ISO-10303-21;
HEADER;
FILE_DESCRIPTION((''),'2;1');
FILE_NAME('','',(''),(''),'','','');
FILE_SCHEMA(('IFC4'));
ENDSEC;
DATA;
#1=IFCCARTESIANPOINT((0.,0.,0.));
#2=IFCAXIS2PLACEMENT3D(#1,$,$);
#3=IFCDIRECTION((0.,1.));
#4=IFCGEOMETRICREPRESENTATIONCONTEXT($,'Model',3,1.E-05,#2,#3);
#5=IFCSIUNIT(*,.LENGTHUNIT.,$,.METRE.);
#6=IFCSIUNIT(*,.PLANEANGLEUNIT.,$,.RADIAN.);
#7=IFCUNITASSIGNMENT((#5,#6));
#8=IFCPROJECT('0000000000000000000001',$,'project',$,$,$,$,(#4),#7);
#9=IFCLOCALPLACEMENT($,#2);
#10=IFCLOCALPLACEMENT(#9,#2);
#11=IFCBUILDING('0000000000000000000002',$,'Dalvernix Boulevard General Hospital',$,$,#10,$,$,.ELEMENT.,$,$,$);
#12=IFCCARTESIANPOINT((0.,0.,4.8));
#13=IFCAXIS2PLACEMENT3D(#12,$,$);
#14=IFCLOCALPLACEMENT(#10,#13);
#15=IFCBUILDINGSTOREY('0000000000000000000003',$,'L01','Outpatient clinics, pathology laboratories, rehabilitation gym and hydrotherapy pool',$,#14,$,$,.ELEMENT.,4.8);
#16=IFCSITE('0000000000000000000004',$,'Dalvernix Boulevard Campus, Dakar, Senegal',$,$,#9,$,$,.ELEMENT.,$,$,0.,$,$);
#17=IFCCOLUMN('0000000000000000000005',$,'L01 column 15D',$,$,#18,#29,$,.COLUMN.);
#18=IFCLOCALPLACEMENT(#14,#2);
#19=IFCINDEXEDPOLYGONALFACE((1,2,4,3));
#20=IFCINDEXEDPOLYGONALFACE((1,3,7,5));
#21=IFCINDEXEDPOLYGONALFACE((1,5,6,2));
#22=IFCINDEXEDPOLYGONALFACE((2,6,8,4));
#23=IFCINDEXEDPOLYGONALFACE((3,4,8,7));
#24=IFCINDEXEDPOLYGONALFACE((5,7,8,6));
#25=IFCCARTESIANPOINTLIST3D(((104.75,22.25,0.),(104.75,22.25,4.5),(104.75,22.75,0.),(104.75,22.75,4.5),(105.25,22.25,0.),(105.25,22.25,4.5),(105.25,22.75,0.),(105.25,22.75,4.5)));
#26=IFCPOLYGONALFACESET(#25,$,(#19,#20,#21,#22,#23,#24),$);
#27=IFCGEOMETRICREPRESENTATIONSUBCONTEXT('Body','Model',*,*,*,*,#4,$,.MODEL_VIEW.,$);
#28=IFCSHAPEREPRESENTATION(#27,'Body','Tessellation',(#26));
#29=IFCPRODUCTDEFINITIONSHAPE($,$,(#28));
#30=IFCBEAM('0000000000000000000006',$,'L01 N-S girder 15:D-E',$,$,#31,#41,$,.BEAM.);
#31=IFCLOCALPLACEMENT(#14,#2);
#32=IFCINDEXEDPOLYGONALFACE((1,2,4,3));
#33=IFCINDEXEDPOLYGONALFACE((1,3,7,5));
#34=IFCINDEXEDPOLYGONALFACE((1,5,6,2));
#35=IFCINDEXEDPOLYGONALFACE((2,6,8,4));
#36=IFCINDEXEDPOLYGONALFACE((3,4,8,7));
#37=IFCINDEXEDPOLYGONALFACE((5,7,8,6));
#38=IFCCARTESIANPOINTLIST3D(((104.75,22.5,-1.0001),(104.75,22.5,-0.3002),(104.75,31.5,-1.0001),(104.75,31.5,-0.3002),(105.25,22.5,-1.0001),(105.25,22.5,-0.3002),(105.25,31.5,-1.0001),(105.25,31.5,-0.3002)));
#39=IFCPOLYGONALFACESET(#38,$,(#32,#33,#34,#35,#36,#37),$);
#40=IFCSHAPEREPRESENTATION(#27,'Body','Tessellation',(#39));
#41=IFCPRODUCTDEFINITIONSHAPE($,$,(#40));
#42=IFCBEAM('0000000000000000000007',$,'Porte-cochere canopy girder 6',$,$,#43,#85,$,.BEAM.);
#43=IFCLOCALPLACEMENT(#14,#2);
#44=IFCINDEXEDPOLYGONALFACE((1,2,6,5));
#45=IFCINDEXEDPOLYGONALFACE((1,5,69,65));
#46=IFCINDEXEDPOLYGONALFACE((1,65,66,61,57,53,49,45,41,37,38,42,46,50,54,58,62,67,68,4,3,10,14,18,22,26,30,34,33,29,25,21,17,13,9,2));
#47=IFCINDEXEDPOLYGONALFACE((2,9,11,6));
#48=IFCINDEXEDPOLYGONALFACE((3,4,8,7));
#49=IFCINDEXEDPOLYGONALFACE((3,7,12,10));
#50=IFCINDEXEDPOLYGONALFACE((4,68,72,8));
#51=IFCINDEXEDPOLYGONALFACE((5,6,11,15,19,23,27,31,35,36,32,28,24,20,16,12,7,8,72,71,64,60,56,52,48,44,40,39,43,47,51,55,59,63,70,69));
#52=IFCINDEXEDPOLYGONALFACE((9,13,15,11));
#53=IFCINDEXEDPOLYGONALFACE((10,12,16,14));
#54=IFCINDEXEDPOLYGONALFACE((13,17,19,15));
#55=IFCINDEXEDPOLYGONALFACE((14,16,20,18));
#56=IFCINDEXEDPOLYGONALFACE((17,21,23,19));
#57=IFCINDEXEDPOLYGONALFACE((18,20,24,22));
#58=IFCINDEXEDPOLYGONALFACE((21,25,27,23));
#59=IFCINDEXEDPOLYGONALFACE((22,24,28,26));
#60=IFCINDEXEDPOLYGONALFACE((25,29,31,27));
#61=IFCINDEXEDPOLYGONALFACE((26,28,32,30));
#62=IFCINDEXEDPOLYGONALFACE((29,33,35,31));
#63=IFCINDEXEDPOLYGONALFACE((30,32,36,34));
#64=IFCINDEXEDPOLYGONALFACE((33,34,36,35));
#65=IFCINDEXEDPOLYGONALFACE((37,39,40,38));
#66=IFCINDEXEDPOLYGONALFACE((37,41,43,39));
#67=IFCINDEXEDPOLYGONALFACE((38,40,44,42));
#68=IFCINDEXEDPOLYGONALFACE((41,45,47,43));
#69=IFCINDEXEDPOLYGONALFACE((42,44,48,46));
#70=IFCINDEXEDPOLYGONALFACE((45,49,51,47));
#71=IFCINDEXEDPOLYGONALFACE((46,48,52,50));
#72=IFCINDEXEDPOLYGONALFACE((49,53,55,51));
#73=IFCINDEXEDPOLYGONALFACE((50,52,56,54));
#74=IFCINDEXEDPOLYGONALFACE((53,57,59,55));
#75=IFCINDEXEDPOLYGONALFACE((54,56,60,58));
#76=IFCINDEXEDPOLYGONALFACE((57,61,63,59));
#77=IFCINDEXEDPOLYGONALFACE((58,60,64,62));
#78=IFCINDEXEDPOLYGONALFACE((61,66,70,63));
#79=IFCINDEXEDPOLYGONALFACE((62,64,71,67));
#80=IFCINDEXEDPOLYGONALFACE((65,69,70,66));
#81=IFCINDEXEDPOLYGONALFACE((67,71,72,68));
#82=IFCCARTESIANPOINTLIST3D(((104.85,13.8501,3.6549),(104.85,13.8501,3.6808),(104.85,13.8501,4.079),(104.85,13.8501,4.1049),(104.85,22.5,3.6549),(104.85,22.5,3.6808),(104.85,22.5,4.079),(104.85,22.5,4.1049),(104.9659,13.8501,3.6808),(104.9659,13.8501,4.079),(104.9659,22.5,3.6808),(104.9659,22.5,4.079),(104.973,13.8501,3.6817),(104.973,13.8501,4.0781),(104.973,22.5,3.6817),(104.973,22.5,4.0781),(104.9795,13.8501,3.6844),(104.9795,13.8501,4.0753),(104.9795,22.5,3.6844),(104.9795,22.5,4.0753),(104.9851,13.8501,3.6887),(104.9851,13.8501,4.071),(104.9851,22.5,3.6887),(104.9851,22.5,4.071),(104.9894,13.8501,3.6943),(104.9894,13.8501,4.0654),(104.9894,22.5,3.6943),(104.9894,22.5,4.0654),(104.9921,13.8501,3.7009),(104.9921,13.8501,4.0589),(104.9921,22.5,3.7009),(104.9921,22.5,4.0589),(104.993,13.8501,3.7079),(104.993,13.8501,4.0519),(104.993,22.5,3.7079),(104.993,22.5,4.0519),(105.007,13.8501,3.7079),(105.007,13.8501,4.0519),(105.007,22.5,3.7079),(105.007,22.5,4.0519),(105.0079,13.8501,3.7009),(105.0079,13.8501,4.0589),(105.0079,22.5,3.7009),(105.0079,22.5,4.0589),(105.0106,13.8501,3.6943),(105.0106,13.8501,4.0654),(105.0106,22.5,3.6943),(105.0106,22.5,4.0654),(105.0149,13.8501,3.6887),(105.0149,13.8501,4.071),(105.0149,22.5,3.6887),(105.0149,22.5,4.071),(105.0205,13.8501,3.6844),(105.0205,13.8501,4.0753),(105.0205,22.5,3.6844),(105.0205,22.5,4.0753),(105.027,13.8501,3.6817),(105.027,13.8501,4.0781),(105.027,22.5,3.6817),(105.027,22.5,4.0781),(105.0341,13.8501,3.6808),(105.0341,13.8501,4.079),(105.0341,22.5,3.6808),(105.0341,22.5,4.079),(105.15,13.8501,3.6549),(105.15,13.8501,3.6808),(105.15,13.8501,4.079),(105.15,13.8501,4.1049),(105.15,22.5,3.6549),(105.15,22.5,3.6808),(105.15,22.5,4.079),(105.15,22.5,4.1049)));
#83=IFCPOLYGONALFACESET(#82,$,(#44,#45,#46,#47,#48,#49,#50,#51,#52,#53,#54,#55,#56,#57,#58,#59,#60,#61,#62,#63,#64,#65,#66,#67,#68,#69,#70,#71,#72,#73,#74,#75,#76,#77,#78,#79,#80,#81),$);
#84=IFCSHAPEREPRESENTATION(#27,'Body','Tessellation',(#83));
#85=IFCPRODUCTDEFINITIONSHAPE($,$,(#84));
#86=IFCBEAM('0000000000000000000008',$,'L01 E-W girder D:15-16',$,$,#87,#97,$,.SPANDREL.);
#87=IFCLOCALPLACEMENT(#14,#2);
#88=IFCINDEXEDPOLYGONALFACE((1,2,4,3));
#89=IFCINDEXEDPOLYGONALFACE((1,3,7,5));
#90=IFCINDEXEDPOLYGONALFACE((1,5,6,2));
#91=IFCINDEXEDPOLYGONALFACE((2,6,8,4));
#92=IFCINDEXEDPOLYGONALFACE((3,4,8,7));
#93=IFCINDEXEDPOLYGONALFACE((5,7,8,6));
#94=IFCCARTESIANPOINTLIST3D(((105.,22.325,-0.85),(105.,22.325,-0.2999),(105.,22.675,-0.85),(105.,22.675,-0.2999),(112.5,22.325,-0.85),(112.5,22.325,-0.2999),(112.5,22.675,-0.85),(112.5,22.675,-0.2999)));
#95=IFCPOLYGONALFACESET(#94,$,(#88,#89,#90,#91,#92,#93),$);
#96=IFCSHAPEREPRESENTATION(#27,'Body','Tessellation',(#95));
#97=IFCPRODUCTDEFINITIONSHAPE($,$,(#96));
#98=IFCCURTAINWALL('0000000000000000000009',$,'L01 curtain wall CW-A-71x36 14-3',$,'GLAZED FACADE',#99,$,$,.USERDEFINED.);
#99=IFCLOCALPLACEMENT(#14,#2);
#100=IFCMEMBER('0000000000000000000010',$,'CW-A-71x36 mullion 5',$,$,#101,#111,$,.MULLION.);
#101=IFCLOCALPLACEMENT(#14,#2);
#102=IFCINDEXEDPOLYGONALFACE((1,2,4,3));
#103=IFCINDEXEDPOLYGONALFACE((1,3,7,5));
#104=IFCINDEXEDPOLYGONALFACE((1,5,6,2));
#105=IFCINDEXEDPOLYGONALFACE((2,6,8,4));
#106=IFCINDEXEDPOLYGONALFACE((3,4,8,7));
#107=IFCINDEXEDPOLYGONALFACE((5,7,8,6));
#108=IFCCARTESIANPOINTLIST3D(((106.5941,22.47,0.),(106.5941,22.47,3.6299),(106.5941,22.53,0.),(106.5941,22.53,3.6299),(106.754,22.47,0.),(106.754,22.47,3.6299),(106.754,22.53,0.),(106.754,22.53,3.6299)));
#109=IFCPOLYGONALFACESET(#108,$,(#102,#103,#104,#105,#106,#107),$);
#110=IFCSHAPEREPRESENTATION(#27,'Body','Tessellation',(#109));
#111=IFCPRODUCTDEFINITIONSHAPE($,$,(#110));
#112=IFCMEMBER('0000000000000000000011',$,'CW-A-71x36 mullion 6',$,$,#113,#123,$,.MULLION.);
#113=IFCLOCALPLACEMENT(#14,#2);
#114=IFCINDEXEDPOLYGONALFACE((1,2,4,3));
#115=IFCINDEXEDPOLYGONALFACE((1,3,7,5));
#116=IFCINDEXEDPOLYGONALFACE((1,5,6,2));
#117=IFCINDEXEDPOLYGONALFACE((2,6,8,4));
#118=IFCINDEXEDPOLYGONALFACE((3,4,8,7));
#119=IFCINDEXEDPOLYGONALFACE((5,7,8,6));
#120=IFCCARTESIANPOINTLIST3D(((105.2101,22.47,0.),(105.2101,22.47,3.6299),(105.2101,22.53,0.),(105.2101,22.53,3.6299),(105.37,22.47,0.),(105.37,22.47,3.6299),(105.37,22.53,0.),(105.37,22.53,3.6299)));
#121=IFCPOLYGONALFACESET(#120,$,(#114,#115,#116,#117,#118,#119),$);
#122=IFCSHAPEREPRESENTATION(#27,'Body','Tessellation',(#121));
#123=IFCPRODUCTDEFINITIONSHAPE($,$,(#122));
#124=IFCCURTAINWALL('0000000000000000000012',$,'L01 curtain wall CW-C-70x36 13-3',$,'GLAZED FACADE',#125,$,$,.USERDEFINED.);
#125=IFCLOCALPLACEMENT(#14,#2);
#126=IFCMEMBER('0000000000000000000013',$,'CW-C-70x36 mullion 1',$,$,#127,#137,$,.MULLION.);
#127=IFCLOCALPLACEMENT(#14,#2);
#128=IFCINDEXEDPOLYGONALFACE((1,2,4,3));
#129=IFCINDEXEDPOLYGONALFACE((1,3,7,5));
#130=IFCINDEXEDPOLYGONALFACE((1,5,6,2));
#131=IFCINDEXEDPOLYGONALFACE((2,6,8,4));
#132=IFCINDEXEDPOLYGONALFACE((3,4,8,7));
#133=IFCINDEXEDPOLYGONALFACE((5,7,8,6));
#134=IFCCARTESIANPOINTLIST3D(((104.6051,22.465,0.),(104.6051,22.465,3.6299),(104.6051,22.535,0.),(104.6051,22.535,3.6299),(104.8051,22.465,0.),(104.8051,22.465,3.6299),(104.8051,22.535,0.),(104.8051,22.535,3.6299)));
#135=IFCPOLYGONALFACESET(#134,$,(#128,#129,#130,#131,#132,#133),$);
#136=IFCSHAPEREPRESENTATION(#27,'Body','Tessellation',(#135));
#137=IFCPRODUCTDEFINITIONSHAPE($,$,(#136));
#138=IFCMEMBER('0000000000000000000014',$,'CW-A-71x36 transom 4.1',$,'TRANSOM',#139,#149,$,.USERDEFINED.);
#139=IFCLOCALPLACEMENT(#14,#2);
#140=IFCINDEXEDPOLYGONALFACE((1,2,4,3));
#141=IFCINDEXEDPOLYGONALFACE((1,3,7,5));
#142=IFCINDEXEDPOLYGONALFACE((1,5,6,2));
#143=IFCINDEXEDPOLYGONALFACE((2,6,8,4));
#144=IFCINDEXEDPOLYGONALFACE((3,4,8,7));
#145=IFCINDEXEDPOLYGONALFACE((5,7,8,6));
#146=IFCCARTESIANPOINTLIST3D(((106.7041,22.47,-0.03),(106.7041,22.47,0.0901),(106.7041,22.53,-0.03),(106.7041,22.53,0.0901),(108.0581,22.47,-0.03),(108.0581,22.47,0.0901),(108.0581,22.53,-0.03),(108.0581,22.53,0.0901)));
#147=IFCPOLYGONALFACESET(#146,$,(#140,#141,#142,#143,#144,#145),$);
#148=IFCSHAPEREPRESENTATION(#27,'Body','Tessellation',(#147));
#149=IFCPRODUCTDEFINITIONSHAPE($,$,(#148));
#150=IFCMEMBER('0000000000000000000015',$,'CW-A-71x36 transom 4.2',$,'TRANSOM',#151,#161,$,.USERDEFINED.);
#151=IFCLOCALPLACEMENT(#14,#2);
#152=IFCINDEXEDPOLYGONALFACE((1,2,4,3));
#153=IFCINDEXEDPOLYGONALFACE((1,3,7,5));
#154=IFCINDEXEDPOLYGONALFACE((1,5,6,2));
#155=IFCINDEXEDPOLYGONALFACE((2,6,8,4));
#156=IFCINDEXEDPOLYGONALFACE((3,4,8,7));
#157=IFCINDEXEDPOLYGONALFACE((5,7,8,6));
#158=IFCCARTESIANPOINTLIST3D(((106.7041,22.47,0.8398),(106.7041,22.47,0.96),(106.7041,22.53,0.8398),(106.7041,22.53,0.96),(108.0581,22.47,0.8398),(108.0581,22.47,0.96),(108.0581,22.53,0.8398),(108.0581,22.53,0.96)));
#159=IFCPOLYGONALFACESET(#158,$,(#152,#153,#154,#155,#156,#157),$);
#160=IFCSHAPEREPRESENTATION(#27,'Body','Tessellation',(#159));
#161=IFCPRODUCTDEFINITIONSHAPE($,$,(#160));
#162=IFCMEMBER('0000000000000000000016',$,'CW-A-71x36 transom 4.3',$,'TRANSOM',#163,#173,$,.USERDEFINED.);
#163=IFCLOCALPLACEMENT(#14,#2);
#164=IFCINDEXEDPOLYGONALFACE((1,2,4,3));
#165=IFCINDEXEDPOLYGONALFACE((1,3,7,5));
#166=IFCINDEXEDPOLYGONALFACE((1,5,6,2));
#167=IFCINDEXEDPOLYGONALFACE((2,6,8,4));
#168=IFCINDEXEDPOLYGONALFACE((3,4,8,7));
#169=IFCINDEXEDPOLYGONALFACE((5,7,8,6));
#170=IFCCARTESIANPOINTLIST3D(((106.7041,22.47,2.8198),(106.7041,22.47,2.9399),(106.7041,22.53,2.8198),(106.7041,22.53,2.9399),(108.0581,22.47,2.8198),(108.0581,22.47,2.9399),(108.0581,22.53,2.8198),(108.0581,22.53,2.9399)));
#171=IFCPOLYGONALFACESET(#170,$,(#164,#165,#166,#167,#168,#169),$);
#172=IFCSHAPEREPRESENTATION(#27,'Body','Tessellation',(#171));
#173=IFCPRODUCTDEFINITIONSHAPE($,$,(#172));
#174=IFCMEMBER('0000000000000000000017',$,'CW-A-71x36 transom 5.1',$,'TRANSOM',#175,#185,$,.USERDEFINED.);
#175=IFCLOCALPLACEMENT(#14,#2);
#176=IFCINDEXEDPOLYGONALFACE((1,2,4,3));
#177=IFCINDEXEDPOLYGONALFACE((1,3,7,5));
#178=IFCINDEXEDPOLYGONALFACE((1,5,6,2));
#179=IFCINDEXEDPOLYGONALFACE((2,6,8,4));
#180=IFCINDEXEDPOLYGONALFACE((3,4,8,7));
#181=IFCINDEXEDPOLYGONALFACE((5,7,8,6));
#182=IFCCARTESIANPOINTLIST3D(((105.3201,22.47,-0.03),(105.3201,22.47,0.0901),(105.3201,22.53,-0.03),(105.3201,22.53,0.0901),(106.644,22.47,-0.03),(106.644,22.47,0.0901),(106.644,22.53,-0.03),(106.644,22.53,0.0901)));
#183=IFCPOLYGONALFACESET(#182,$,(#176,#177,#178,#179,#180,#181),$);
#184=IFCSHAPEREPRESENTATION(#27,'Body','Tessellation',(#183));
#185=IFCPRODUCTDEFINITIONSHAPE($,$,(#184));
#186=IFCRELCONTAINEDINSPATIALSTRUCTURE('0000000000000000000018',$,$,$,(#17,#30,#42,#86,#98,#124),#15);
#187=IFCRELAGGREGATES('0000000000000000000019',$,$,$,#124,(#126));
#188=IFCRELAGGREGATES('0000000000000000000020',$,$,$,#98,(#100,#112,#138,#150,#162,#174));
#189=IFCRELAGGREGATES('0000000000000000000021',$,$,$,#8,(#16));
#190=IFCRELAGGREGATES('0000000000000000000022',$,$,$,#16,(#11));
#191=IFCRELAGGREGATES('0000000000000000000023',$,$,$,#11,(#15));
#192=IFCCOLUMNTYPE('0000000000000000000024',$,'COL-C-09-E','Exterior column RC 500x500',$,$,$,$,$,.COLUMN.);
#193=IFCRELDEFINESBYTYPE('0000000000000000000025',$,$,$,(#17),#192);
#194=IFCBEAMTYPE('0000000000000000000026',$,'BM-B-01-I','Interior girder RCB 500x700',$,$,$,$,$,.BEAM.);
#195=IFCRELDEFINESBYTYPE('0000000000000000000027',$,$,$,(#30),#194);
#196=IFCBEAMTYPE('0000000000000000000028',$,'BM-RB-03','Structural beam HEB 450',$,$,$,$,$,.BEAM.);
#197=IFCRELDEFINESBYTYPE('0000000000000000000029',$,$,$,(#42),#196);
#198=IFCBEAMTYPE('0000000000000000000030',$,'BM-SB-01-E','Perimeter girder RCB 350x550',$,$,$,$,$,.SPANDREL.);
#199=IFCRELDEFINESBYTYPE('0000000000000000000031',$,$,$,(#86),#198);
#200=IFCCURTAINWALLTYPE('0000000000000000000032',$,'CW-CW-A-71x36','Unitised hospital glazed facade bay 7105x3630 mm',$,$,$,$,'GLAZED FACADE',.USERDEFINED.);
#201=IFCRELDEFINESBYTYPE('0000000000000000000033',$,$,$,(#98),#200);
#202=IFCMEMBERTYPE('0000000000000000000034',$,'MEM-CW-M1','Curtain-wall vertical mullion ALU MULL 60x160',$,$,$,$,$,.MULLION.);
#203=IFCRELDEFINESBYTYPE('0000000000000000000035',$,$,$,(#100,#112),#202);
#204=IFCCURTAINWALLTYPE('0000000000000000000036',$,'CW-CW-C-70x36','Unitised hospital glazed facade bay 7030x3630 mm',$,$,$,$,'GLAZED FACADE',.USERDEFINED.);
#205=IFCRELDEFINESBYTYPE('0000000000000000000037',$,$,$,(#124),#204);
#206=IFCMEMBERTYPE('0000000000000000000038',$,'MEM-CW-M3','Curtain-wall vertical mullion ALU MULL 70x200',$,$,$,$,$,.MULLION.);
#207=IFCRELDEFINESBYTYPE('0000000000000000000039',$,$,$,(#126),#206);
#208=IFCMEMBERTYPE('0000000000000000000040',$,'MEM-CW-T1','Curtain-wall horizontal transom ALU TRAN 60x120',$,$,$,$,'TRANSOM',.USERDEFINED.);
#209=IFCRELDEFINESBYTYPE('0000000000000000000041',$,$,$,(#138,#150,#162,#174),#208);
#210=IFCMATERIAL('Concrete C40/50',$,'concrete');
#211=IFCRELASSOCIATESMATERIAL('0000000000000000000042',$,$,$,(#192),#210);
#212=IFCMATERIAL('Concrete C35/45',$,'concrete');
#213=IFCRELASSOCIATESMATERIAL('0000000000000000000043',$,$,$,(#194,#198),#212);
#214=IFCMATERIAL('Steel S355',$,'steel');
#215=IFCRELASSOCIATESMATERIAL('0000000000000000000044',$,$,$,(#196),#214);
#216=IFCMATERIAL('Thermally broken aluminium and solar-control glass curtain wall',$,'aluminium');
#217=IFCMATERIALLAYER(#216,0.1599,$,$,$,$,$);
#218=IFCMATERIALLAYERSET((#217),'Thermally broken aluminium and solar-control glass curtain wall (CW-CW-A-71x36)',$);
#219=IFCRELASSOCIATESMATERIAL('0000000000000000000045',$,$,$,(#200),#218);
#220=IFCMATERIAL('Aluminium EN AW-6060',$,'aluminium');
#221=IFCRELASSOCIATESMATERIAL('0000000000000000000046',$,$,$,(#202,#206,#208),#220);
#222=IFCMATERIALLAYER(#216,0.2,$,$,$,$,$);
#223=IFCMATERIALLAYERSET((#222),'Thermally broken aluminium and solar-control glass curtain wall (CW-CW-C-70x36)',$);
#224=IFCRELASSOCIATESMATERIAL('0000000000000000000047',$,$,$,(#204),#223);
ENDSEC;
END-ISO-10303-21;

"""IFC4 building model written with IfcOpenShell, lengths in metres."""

from ifc_helpers import new_model, si_unit, direction, frame, origin, origin_2d, place, context, subcontext, project, spatial, rectangle, i_section, extrude, material, layer, layer_set, material_profile, profile_set, type_object, element, aggregate, save


model = new_model("IFC4")

# Units and contexts
model_context = context("Model", 3, precision=1e-05, world=origin(), true_north=direction((0.0, 1.0)))
body_context = subcontext(model_context, "Body", "Model", "MODEL_VIEW")
ifc_project = project(units=[si_unit("LENGTHUNIT", "METRE"), si_unit("PLANEANGLEUNIT", "RADIAN")], contexts=[model_context])

# Site, building, storey
site_placement = place(None, origin())
site = spatial("IfcSite", under=ifc_project, at=site_placement, Name="Dalvernix Boulevard Campus, Dakar, Senegal", CompositionType="ELEMENT", RefElevation=0.0)
building_placement = place(site_placement, origin())
building = spatial("IfcBuilding", under=site, at=building_placement, Name="Dalvernix Boulevard General Hospital", CompositionType="ELEMENT")
storey_placement = place(building_placement, frame((0.0, 0.0, 4.8)))
storey = spatial("IfcBuildingStorey", under=building, at=storey_placement, Name="L01", Description="Outpatient clinics, pathology laboratories, rehabilitation gym and hydrotherapy pool", CompositionType="ELEMENT", Elevation=4.8)

# Column
ifc_material_1 = material(Name="Concrete C40/50", Category="concrete")
ifc_material_profile_1 = material_profile(ifc_material_1, rectangle(XDim=0.5, YDim=0.5, at=origin_2d()), Name="RC 500x500")
ifc_profile_set_1 = profile_set([ifc_material_profile_1], Name="Concrete C40/50")
column_type = type_object("IfcColumnType", Name="COL-C-09-E", Description="Exterior column RC 500x500", PredefinedType="COLUMN", material=ifc_profile_set_1)
column_placement = place(storey_placement, frame((105.0, 22.5, 0.0), z_axis=(0.0, 0.0, 1.0), x_axis=(1.0, 0.0, 0.0)))
element("IfcColumn", 1, at=column_placement, inside=storey, type_object=column_type, Name="L01 column 15D", PredefinedType="COLUMN", context=body_context, shape_type="SweptSolid", body=[
    extrude(rectangle(XDim=0.5, YDim=0.5, at=origin_2d()), origin(), (0.0, 0.0, 1.0), 4.5),
])

# Beams
ifc_material_2 = material(Name="Concrete C35/45", Category="concrete")
ifc_material_profile_2 = material_profile(ifc_material_2, rectangle(XDim=0.5, YDim=0.7, at=origin_2d()), Name="RCB 500x700")
ifc_profile_set_2 = profile_set([ifc_material_profile_2], Name="Concrete C35/45")
beam_type_1 = type_object("IfcBeamType", Name="BM-B-01-I", Description="Interior girder RCB 500x700", PredefinedType="BEAM", material=ifc_profile_set_2)
beam_1_placement = place(storey_placement, frame((105.0, 22.5, -0.6501), z_axis=(0.0, 1.0, 0.0), x_axis=(-1.0, 0.0, 0.0)))
element("IfcBeam", 2, at=beam_1_placement, inside=storey, type_object=beam_type_1, Name="L01 N-S girder 15:D-E", PredefinedType="BEAM", context=body_context, shape_type="SweptSolid", body=[
    extrude(rectangle(XDim=0.5, YDim=0.7, at=origin_2d()), origin(), (0.0, 0.0, 1.0), 9.0),
])
ifc_material_3 = material(Name="Steel S355", Category="steel")
ifc_material_profile_3 = material_profile(ifc_material_3, i_section(OverallWidth=0.3, OverallDepth=0.45, WebThickness=0.0139, FlangeThickness=0.0259, FilletRadius=0.0271, at=origin_2d()), Name="HEB 450")
ifc_profile_set_3 = profile_set([ifc_material_profile_3], Name="Steel S355")
beam_type_2 = type_object("IfcBeamType", Name="BM-RB-03", Description="Structural beam HEB 450", PredefinedType="BEAM", material=ifc_profile_set_3)
beam_2_placement = place(storey_placement, frame((105.0, 22.5, 3.8799), z_axis=(0.0, -1.0, 0.0), x_axis=(1.0, 0.0, 0.0)))
element("IfcBeam", 3, at=beam_2_placement, inside=storey, type_object=beam_type_2, Name="Porte-cochere canopy girder 6", PredefinedType="BEAM", context=body_context, shape_type="SweptSolid", body=[
    extrude(i_section(OverallWidth=0.3, OverallDepth=0.45, WebThickness=0.0139, FlangeThickness=0.0259, FilletRadius=0.0271, at=origin_2d()), origin(), (0.0, 0.0, 1.0), 8.6499),
])
ifc_material_profile_4 = material_profile(ifc_material_2, rectangle(XDim=0.3501, YDim=0.55, at=origin_2d()), Name="RCB 350x550")
ifc_profile_set_4 = profile_set([ifc_material_profile_4], Name="Concrete C35/45")
beam_type_3 = type_object("IfcBeamType", Name="BM-SB-01-E", Description="Perimeter girder RCB 350x550", PredefinedType="SPANDREL", material=ifc_profile_set_4)
beam_3_placement = place(storey_placement, frame((105.0, 22.5, -0.575), z_axis=(1.0, 0.0, 0.0), x_axis=(0.0, 1.0, 0.0)))
element("IfcBeam", 4, at=beam_3_placement, inside=storey, type_object=beam_type_3, Name="L01 E-W girder D:15-16", PredefinedType="SPANDREL", context=body_context, shape_type="SweptSolid", body=[
    extrude(rectangle(XDim=0.3501, YDim=0.55, at=origin_2d()), origin(), (0.0, 0.0, 1.0), 7.5),
])

# Curtain wall, members
ifc_material_4 = material(Name="Thermally broken aluminium and solar-control glass curtain wall", Category="aluminium")
ifc_layer_1 = layer(ifc_material_4, 0.1599)
ifc_layer_set_1 = layer_set([ifc_layer_1], Name="Thermally broken aluminium and solar-control glass curtain wall (CW-CW-A-71x36)")
curtain_wall_type_1 = type_object("IfcCurtainWallType", Name="CW-CW-A-71x36", Description="Unitised hospital glazed facade bay 7105x3630 mm", ElementType="GLAZED FACADE", PredefinedType="USERDEFINED", material=ifc_layer_set_1)
curtain_wall_1_placement = place(storey_placement, origin())
curtain_wall_1 = element("IfcCurtainWall", 5, at=curtain_wall_1_placement, inside=storey, type_object=curtain_wall_type_1, Name="L01 curtain wall CW-A-71x36 14-3", ObjectType="GLAZED FACADE", PredefinedType="USERDEFINED")
ifc_material_5 = material(Name="Aluminium EN AW-6060", Category="aluminium")
ifc_material_profile_5 = material_profile(ifc_material_5, rectangle(XDim=0.0601, YDim=0.1599, at=origin_2d()), Name="ALU MULL 60x160")
ifc_profile_set_5 = profile_set([ifc_material_profile_5], Name="Aluminium EN AW-6060")
member_type_1 = type_object("IfcMemberType", Name="MEM-CW-M1", Description="Curtain-wall vertical mullion ALU MULL 60x160", PredefinedType="MULLION", material=ifc_profile_set_5)
member_1_placement = place(storey_placement, frame((106.6741, 22.5, 0.0), z_axis=(0.0, 0.0, 1.0), x_axis=(0.0, -1.0, 0.0)))
member_1 = element("IfcMember", 6, at=member_1_placement, type_object=member_type_1, Name="CW-A-71x36 mullion 5", PredefinedType="MULLION", context=body_context, shape_type="SweptSolid", body=[
    extrude(rectangle(XDim=0.0601, YDim=0.1599, at=origin_2d()), origin(), (0.0, 0.0, 1.0), 3.6299),
])
member_2_placement = place(storey_placement, frame((105.29, 22.5, 0.0), z_axis=(0.0, 0.0, 1.0), x_axis=(0.0, -1.0, 0.0)))
member_2 = element("IfcMember", 7, at=member_2_placement, type_object=member_type_1, Name="CW-A-71x36 mullion 6", PredefinedType="MULLION", context=body_context, shape_type="SweptSolid", body=[
    extrude(rectangle(XDim=0.0601, YDim=0.1599, at=origin_2d()), origin(), (0.0, 0.0, 1.0), 3.6299),
])

# Curtain wall, member
ifc_layer_2 = layer(ifc_material_4, 0.2)
ifc_layer_set_2 = layer_set([ifc_layer_2], Name="Thermally broken aluminium and solar-control glass curtain wall (CW-CW-C-70x36)")
curtain_wall_type_2 = type_object("IfcCurtainWallType", Name="CW-CW-C-70x36", Description="Unitised hospital glazed facade bay 7030x3630 mm", ElementType="GLAZED FACADE", PredefinedType="USERDEFINED", material=ifc_layer_set_2)
curtain_wall_2_placement = place(storey_placement, origin())
curtain_wall_2 = element("IfcCurtainWall", 8, at=curtain_wall_2_placement, inside=storey, type_object=curtain_wall_type_2, Name="L01 curtain wall CW-C-70x36 13-3", ObjectType="GLAZED FACADE", PredefinedType="USERDEFINED")
ifc_material_profile_6 = material_profile(ifc_material_5, rectangle(XDim=0.0701, YDim=0.2, at=origin_2d()), Name="ALU MULL 70x200")
ifc_profile_set_6 = profile_set([ifc_material_profile_6], Name="Aluminium EN AW-6060")
member_type_2 = type_object("IfcMemberType", Name="MEM-CW-M3", Description="Curtain-wall vertical mullion ALU MULL 70x200", PredefinedType="MULLION", material=ifc_profile_set_6)
member_3_placement = place(storey_placement, frame((104.7051, 22.5, 0.0), z_axis=(0.0, 0.0, 1.0), x_axis=(0.0, -1.0, 0.0)))
member_3 = element("IfcMember", 9, at=member_3_placement, type_object=member_type_2, Name="CW-C-70x36 mullion 1", PredefinedType="MULLION", context=body_context, shape_type="SweptSolid", body=[
    extrude(rectangle(XDim=0.0701, YDim=0.2, at=origin_2d()), origin(), (0.0, 0.0, 1.0), 3.6299),
])

# Members
ifc_material_profile_7 = material_profile(ifc_material_5, rectangle(XDim=0.0601, YDim=0.1201, at=origin_2d()), Name="ALU TRAN 60x120")
ifc_profile_set_7 = profile_set([ifc_material_profile_7], Name="Aluminium EN AW-6060")
member_type_3 = type_object("IfcMemberType", Name="MEM-CW-T1", Description="Curtain-wall horizontal transom ALU TRAN 60x120", ElementType="TRANSOM", PredefinedType="USERDEFINED", material=ifc_profile_set_7)
member_4_placement = place(storey_placement, frame((108.0581, 22.5, 0.03), z_axis=(-1.0, 0.0, 0.0), x_axis=(0.0, -1.0, 0.0)))
member_4 = element("IfcMember", 10, at=member_4_placement, type_object=member_type_3, Name="CW-A-71x36 transom 4.1", ObjectType="TRANSOM", PredefinedType="USERDEFINED", context=body_context, shape_type="SweptSolid", body=[
    extrude(rectangle(XDim=0.0601, YDim=0.1201, at=origin_2d()), origin(), (0.0, 0.0, 1.0), 1.354),
])
member_5_placement = place(storey_placement, frame((108.0581, 22.5, 0.8999), z_axis=(-1.0, 0.0, 0.0), x_axis=(0.0, -1.0, 0.0)))
member_5 = element("IfcMember", 11, at=member_5_placement, type_object=member_type_3, Name="CW-A-71x36 transom 4.2", ObjectType="TRANSOM", PredefinedType="USERDEFINED", context=body_context, shape_type="SweptSolid", body=[
    extrude(rectangle(XDim=0.0601, YDim=0.1201, at=origin_2d()), origin(), (0.0, 0.0, 1.0), 1.354),
])
member_6_placement = place(storey_placement, frame((108.0581, 22.5, 2.8799), z_axis=(-1.0, 0.0, 0.0), x_axis=(0.0, -1.0, 0.0)))
member_6 = element("IfcMember", 12, at=member_6_placement, type_object=member_type_3, Name="CW-A-71x36 transom 4.3", ObjectType="TRANSOM", PredefinedType="USERDEFINED", context=body_context, shape_type="SweptSolid", body=[
    extrude(rectangle(XDim=0.0601, YDim=0.1201, at=origin_2d()), origin(), (0.0, 0.0, 1.0), 1.354),
])
member_7_placement = place(storey_placement, frame((106.644, 22.5, 0.03), z_axis=(-1.0, 0.0, 0.0), x_axis=(0.0, -1.0, 0.0)))
member_7 = element("IfcMember", 13, at=member_7_placement, type_object=member_type_3, Name="CW-A-71x36 transom 5.1", ObjectType="TRANSOM", PredefinedType="USERDEFINED", context=body_context, shape_type="SweptSolid", body=[
    extrude(rectangle(XDim=0.0601, YDim=0.1201, at=origin_2d()), origin(), (0.0, 0.0, 1.0), 1.324),
])
aggregate(curtain_wall_2, [member_3])

aggregate(curtain_wall_1, [member_1, member_2, member_4, member_5, member_6, member_7])

save(model, "model.ifc")
